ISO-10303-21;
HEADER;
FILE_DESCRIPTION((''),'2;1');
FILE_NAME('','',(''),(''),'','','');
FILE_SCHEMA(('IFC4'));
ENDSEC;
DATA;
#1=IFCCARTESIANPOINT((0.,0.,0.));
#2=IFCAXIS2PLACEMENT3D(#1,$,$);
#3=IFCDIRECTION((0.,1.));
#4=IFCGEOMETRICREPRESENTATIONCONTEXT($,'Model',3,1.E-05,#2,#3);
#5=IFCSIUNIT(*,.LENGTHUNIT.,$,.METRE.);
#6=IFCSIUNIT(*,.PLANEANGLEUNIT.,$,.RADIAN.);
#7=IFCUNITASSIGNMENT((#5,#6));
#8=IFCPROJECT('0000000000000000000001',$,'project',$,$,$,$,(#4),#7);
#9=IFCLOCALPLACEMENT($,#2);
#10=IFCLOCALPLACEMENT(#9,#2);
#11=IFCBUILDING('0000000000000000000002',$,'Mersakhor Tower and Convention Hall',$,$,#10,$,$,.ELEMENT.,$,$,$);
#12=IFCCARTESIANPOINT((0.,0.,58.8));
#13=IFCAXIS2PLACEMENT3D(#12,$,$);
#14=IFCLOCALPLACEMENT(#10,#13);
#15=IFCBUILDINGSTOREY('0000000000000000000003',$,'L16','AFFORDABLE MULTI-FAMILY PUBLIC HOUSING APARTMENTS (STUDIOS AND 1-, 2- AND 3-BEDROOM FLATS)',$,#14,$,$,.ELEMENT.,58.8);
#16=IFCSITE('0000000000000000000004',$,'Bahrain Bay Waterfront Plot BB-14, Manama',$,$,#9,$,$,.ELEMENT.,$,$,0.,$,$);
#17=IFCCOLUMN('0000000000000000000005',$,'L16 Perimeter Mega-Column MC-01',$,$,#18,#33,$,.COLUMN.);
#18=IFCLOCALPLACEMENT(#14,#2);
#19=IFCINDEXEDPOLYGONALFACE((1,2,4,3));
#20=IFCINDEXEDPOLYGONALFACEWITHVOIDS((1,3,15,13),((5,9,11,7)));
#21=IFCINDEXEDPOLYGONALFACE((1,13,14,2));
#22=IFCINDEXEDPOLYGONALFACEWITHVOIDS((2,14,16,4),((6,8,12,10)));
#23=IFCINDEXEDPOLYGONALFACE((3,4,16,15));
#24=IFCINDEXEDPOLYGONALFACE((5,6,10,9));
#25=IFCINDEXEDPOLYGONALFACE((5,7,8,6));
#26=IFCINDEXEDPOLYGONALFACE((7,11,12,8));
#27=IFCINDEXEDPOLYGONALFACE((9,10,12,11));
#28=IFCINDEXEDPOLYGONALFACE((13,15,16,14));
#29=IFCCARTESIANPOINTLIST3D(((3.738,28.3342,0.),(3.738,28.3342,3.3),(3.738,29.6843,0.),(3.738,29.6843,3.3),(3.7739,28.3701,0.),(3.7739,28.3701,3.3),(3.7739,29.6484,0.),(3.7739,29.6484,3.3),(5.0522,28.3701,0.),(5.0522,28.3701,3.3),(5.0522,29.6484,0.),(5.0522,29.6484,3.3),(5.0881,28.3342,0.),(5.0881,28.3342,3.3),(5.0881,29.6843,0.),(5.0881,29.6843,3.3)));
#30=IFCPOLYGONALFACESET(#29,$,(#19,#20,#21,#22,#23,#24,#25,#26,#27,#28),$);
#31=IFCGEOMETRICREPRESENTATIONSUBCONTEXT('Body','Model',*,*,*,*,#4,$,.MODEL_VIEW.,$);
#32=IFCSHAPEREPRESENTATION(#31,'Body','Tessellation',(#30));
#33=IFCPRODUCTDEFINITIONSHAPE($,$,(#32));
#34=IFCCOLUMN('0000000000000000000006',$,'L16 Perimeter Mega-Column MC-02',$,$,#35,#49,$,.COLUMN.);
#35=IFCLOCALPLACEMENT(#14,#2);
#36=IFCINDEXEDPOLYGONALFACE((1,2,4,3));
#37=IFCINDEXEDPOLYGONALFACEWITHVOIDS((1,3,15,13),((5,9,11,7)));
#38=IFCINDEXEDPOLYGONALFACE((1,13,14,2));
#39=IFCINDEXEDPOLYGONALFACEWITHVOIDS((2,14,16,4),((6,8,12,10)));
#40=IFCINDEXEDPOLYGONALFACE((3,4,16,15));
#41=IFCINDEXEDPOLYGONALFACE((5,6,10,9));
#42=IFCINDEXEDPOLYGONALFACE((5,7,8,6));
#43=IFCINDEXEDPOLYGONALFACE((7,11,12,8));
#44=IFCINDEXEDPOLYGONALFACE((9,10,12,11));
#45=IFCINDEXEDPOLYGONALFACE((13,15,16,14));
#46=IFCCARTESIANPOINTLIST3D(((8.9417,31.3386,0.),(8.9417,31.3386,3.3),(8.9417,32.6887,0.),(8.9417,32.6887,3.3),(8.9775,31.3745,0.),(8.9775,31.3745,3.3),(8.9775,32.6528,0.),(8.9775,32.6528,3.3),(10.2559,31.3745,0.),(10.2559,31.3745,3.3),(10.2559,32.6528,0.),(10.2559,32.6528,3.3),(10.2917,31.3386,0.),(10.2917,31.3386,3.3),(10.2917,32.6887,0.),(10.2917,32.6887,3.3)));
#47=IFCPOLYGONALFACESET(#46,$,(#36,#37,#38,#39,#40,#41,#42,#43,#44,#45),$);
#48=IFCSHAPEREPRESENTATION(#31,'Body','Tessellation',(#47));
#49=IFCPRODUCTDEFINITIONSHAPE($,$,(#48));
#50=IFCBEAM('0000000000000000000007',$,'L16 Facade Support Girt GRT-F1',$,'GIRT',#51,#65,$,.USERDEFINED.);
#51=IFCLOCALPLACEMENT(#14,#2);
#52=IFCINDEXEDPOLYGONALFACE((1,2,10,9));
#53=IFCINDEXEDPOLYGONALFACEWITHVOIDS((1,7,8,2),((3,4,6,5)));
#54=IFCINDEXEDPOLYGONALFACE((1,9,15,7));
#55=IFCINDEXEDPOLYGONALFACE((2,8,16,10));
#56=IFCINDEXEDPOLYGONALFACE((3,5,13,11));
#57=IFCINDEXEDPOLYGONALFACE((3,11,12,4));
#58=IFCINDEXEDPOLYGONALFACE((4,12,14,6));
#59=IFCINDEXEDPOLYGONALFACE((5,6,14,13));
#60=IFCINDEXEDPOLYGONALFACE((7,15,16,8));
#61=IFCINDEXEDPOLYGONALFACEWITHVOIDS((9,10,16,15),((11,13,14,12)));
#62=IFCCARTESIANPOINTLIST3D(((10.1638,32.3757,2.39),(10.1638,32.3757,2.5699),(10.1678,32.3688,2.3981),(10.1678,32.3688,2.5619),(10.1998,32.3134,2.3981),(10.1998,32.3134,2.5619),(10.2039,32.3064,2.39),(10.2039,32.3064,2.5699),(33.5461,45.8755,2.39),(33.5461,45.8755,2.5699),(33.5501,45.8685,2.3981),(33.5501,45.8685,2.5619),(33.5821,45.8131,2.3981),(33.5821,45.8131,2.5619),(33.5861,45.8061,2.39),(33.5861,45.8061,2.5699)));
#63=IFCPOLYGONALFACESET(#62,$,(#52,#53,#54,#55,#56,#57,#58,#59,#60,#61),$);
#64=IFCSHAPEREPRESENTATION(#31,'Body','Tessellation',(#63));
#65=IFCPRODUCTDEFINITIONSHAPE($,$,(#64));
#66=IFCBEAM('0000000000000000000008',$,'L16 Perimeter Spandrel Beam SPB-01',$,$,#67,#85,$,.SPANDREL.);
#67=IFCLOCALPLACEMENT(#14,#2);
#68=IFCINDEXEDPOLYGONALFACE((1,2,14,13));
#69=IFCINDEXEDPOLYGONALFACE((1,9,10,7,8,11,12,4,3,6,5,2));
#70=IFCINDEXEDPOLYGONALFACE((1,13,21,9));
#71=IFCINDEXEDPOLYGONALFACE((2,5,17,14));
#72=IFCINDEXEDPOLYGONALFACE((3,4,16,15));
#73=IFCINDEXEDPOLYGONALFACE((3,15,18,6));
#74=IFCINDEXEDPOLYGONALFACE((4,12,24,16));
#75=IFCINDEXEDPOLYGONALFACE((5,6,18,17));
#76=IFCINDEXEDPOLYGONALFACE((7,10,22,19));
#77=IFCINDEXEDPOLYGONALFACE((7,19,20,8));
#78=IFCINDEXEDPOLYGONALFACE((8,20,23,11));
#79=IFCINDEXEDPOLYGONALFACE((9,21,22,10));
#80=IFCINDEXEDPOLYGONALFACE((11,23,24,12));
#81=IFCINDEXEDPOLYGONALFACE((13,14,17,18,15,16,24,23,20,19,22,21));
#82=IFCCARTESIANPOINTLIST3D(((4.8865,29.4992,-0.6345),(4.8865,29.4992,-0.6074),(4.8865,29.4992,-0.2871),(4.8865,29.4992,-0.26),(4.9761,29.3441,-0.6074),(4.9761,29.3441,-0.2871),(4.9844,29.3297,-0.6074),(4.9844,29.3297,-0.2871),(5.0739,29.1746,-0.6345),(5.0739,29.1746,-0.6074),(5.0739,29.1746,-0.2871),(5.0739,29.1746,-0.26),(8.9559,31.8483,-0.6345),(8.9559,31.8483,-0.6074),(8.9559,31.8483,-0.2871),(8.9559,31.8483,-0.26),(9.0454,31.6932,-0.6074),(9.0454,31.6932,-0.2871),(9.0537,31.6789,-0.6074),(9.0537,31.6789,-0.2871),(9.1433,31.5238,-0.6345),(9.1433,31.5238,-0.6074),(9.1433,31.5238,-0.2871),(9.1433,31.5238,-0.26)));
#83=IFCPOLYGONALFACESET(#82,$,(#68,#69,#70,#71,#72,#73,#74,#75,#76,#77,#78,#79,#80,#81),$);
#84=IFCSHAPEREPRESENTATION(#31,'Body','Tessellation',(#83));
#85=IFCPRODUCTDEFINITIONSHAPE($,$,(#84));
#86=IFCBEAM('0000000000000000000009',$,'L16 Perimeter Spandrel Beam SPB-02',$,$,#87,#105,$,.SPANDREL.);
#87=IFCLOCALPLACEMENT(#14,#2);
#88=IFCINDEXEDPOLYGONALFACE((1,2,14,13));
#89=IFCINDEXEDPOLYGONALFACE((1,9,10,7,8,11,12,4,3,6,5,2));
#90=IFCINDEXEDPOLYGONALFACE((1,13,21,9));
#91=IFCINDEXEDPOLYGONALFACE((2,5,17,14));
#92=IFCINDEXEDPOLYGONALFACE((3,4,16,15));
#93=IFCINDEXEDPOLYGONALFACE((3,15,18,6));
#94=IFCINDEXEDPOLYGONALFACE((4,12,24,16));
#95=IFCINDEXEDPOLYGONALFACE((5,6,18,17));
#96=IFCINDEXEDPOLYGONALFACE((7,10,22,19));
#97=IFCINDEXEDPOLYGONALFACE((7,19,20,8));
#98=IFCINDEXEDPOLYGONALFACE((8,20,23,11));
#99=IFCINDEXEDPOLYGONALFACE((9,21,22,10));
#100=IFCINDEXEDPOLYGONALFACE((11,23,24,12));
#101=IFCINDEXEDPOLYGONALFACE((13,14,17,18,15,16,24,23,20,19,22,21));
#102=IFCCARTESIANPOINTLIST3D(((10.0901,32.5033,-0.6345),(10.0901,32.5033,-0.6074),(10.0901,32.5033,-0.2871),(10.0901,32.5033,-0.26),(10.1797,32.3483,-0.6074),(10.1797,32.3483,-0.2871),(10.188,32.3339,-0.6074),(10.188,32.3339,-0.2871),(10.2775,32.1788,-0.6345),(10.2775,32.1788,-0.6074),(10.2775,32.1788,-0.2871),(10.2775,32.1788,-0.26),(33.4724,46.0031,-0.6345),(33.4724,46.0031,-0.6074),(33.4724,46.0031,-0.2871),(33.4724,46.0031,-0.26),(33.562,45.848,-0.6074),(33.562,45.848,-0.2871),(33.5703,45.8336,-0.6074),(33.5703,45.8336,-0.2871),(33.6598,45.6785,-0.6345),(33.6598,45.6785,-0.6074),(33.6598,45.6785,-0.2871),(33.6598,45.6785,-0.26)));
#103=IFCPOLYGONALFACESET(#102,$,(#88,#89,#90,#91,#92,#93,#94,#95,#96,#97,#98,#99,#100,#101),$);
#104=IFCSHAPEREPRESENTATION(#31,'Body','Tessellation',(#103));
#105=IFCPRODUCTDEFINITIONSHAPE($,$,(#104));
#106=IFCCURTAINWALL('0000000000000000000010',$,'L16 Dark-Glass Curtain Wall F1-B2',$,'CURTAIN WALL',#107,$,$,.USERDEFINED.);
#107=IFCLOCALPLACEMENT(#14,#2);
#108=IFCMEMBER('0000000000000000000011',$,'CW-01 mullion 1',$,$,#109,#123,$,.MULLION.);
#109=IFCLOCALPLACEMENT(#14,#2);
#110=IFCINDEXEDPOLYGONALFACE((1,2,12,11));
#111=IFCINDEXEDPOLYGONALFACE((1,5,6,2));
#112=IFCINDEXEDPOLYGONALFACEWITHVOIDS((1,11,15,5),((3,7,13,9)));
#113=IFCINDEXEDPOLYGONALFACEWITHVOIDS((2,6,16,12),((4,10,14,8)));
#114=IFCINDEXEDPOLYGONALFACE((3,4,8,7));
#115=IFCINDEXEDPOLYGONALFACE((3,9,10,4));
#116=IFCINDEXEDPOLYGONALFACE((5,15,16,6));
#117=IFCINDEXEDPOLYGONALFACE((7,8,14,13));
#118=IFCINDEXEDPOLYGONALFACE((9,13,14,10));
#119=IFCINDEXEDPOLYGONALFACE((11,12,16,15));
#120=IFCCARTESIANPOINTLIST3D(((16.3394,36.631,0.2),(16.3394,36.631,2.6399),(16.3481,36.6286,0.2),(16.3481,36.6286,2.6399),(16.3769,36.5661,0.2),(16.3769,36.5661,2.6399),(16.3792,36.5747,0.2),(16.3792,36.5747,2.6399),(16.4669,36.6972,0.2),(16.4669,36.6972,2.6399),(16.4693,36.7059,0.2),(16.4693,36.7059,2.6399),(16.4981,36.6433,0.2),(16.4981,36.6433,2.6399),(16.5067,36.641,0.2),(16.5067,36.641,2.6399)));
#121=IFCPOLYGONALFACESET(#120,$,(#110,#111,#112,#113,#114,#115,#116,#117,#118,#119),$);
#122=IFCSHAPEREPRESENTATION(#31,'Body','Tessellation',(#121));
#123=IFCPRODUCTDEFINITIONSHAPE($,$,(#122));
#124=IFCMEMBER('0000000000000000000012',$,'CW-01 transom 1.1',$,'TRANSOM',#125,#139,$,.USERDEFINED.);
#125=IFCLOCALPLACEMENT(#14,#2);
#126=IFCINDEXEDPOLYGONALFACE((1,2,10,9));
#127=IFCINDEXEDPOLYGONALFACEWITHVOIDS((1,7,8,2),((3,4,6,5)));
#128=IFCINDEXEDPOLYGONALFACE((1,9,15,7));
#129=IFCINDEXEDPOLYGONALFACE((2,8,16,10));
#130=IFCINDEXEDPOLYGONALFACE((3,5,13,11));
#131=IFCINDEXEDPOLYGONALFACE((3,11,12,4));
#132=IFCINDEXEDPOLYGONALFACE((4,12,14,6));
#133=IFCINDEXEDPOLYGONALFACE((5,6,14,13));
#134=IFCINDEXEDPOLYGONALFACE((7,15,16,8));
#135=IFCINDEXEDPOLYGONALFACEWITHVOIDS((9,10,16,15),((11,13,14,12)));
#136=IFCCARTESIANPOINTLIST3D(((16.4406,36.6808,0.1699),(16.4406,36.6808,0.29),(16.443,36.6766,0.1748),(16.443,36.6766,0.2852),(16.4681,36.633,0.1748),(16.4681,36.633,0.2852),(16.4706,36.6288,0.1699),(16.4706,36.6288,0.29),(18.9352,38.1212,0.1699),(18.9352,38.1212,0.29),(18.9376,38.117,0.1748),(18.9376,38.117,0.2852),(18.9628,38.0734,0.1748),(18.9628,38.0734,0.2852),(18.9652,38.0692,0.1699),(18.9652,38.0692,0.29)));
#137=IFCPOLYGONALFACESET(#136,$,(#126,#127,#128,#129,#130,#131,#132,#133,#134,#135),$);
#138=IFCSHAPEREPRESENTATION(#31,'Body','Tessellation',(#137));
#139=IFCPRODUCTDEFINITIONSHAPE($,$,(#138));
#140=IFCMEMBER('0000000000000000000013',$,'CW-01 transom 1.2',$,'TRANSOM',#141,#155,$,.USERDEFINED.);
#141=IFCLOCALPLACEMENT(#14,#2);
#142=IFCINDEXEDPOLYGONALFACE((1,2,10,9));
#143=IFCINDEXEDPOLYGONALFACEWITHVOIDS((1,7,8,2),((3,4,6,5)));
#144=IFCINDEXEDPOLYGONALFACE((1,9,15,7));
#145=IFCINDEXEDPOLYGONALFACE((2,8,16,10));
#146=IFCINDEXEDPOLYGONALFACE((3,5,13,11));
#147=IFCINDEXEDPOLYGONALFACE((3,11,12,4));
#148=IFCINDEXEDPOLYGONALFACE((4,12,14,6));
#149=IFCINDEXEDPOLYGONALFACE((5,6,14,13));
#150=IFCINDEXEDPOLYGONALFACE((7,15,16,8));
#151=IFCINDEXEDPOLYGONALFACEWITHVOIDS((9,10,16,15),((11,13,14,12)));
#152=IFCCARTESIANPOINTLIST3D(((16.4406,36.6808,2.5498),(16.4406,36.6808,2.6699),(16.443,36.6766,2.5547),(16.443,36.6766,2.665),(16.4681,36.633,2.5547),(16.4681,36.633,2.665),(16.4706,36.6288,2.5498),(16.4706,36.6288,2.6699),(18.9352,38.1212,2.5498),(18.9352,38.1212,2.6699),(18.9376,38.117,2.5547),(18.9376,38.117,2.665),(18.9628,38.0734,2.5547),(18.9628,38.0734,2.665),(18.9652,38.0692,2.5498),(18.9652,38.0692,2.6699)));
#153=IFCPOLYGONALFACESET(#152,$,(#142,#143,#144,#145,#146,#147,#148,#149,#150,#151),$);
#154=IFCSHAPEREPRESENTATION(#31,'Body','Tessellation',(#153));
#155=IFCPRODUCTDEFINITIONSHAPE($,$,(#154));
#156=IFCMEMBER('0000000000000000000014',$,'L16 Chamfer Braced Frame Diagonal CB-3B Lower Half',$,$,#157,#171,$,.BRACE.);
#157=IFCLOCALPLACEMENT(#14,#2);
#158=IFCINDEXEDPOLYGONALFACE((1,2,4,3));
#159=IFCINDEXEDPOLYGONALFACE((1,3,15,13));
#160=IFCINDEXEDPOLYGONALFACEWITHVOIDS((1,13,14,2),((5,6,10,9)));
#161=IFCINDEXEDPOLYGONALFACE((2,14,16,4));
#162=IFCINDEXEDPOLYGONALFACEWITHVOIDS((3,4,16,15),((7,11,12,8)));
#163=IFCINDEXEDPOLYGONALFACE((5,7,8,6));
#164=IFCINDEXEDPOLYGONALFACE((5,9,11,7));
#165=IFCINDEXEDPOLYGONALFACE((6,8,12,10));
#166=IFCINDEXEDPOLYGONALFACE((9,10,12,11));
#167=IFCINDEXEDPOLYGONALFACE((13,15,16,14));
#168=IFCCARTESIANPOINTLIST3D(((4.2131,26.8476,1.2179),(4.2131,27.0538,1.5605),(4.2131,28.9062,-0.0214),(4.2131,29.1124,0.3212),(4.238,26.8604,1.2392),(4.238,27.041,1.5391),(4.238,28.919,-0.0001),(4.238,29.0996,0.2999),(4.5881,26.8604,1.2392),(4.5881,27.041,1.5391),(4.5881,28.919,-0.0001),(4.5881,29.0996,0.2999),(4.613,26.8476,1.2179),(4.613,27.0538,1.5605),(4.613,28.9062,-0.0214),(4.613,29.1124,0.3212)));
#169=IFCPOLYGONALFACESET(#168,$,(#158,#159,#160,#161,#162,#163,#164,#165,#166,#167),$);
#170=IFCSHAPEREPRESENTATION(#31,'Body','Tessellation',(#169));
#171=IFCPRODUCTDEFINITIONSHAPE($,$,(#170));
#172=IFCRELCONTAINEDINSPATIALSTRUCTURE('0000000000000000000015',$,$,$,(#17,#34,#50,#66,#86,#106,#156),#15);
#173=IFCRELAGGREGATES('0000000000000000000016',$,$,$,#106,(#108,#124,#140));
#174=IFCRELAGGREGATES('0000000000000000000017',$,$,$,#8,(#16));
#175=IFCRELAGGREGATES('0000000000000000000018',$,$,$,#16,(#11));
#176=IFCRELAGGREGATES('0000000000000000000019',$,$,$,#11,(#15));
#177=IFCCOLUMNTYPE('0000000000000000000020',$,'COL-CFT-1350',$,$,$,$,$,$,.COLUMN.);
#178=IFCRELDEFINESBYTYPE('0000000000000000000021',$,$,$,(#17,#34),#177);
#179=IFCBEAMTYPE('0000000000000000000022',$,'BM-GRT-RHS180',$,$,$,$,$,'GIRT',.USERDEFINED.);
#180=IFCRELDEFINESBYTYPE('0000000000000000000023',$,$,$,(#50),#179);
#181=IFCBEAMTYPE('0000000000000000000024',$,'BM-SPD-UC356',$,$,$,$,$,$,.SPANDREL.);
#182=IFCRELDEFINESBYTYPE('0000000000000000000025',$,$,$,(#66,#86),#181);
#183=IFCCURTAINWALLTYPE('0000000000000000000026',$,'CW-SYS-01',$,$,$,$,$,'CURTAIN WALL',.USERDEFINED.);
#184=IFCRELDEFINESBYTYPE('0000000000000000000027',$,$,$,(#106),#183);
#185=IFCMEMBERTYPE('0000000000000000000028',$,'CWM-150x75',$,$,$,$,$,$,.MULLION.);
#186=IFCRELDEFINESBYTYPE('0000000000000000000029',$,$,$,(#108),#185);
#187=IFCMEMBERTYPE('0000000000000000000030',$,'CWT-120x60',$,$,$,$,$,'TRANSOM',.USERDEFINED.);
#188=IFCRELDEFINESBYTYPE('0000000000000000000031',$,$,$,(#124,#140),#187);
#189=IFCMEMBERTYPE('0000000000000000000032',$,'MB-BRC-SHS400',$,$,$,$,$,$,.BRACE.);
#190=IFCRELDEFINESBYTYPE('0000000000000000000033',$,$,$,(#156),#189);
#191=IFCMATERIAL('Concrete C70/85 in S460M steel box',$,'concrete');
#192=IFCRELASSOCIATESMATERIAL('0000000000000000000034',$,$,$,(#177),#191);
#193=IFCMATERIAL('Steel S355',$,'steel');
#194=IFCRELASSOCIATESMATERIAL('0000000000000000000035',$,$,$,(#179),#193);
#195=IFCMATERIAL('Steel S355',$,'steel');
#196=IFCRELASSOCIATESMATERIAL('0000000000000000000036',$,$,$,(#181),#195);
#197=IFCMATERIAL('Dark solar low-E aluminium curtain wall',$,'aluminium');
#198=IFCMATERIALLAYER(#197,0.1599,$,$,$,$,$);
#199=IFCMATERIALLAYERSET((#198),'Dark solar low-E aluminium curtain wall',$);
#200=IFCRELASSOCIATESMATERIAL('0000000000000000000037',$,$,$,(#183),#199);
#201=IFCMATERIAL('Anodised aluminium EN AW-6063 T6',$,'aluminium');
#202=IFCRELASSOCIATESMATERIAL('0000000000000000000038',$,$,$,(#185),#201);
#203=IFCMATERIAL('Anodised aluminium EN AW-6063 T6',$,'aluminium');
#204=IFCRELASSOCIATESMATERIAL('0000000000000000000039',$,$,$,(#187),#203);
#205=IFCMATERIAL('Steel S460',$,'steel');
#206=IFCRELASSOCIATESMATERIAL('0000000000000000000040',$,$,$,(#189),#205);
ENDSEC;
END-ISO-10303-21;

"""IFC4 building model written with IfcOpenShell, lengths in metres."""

from ifc_helpers import new_model, si_unit, direction, frame, origin, origin_2d, place, context, subcontext, project, spatial, hollow_rectangle, i_section, extrude, material, layer, layer_set, material_profile, profile_set, type_object, element, aggregate, save


model = new_model("IFC4")

# Units and contexts
model_context = context("Model", 3, precision=1e-05, world=origin(), true_north=direction((0.0, 1.0)))
body_context = subcontext(model_context, "Body", "Model", "MODEL_VIEW")
ifc_project = project(units=[si_unit("LENGTHUNIT", "METRE"), si_unit("PLANEANGLEUNIT", "RADIAN")], contexts=[model_context])

# Site, building, storey
site_placement = place(None, origin())
site = spatial("IfcSite", under=ifc_project, at=site_placement, Name="Bahrain Bay Waterfront Plot BB-14, Manama", CompositionType="ELEMENT", RefElevation=0.0)
building_placement = place(site_placement, origin())
building = spatial("IfcBuilding", under=site, at=building_placement, Name="Mersakhor Tower and Convention Hall", CompositionType="ELEMENT")
storey_placement = place(building_placement, frame((0.0, 0.0, 58.8)))
storey = spatial("IfcBuildingStorey", under=building, at=storey_placement, Name="L16", Description="AFFORDABLE MULTI-FAMILY PUBLIC HOUSING APARTMENTS (STUDIOS AND 1-, 2- AND 3-BEDROOM FLATS)", CompositionType="ELEMENT", Elevation=58.8)

# Columns
ifc_material_1 = material(Name="Concrete C70/85 in S460M steel box", Category="concrete")
ifc_material_profile_1 = material_profile(ifc_material_1, hollow_rectangle(XDim=1.3501, YDim=1.3501, WallThickness=0.0359, at=origin_2d()), Name="SHS 1350x1350x36")
ifc_profile_set_1 = profile_set([ifc_material_profile_1], Name="Concrete C70/85 in S460M steel box")
column_type = type_object("IfcColumnType", Name="COL-CFT-1350", PredefinedType="COLUMN", material=ifc_profile_set_1)
for number, where, z_axis, x_axis, name in (
    (1, (4.4131, 29.0093, 0.0), (0.0, 0.0, 1.0), (1.0, 0.0, 0.0), "L16 Perimeter Mega-Column MC-01"),
    (2, (9.6167, 32.0137, 0.0), (0.0, 0.0, 1.0), (1.0, 0.0, 0.0), "L16 Perimeter Mega-Column MC-02"),
):
    element("IfcColumn", number, at=place(storey_placement, frame(where, z_axis=z_axis, x_axis=x_axis)), inside=storey, type_object=column_type, Name=name, PredefinedType="COLUMN", context=body_context, shape_type="SweptSolid", body=[
        extrude(hollow_rectangle(XDim=1.3501, YDim=1.3501, WallThickness=0.0359, at=origin_2d()), origin(), (0.0, 0.0, 1.0), 3.3),
    ])

# Beams
ifc_material_2 = material(Name="Steel S355", Category="steel")
ifc_material_profile_2 = material_profile(ifc_material_2, hollow_rectangle(XDim=0.0801, YDim=0.1799, WallThickness=0.0081, at=origin_2d()), Name="RHS 180x80x8")
ifc_profile_set_2 = profile_set([ifc_material_profile_2], Name="Steel S355")
beam_type_1 = type_object("IfcBeamType", Name="BM-GRT-RHS180", ElementType="GIRT", PredefinedType="USERDEFINED", material=ifc_profile_set_2)
beam_1_placement = place(storey_placement, frame((10.1838, 32.3411, 2.48), z_axis=(0.866026, 0.499999, 0.0), x_axis=(-0.499999, 0.866026, 0.0)))
element("IfcBeam", 3, at=beam_1_placement, inside=storey, type_object=beam_type_1, Name="L16 Facade Support Girt GRT-F1", ObjectType="GIRT", PredefinedType="USERDEFINED", context=body_context, shape_type="SweptSolid", body=[
    extrude(hollow_rectangle(XDim=0.0801, YDim=0.1799, WallThickness=0.0081, at=origin_2d()), origin(), (0.0, 0.0, 1.0), 26.9995),
])
ifc_material_3 = material(Name="Steel S355", Category="steel")
ifc_material_profile_3 = material_profile(ifc_material_3, i_section(OverallWidth=0.3748, OverallDepth=0.3745, WebThickness=0.0166, FlangeThickness=0.0271, at=origin_2d()), Name="UC 356x368x202")
ifc_profile_set_3 = profile_set([ifc_material_profile_3], Name="Steel S355")
beam_type_2 = type_object("IfcBeamType", Name="BM-SPD-UC356", PredefinedType="SPANDREL", material=ifc_profile_set_3)
beam_2_placement = place(storey_placement, frame((4.9802, 29.3369, -0.4473), z_axis=(0.866054, 0.49995, 0.0), x_axis=(-0.49995, 0.866054, 0.0)))
element("IfcBeam", 4, at=beam_2_placement, inside=storey, type_object=beam_type_2, Name="L16 Perimeter Spandrel Beam SPB-01", PredefinedType="SPANDREL", context=body_context, shape_type="SweptSolid", body=[
    extrude(i_section(OverallWidth=0.3748, OverallDepth=0.3745, WebThickness=0.0166, FlangeThickness=0.0271, at=origin_2d()), origin(), (0.0, 0.0, 1.0), 4.6987),
])
beam_3_placement = place(storey_placement, frame((10.1838, 32.3411, -0.4473), z_axis=(0.866026, 0.499999, 0.0), x_axis=(-0.499999, 0.866026, 0.0)))
element("IfcBeam", 5, at=beam_3_placement, inside=storey, type_object=beam_type_2, Name="L16 Perimeter Spandrel Beam SPB-02", PredefinedType="SPANDREL", context=body_context, shape_type="SweptSolid", body=[
    extrude(i_section(OverallWidth=0.3748, OverallDepth=0.3745, WebThickness=0.0166, FlangeThickness=0.0271, at=origin_2d()), origin(), (0.0, 0.0, 1.0), 26.9995),
])

# Curtain wall, members
ifc_material_4 = material(Name="Dark solar low-E aluminium curtain wall", Category="aluminium")
ifc_layer_1 = layer(ifc_material_4, 0.1599)
ifc_layer_set_1 = layer_set([ifc_layer_1], Name="Dark solar low-E aluminium curtain wall")
curtain_wall_type = type_object("IfcCurtainWallType", Name="CW-SYS-01", ElementType="CURTAIN WALL", PredefinedType="USERDEFINED", material=ifc_layer_set_1)
curtain_wall_placement = place(storey_placement, origin())
curtain_wall = element("IfcCurtainWall", 6, at=curtain_wall_placement, inside=storey, type_object=curtain_wall_type, Name="L16 Dark-Glass Curtain Wall F1-B2", ObjectType="CURTAIN WALL", PredefinedType="USERDEFINED")
ifc_material_5 = material(Name="Anodised aluminium EN AW-6063 T6", Category="aluminium")
ifc_material_profile_4 = material_profile(ifc_material_5, hollow_rectangle(XDim=0.075, YDim=0.1499, WallThickness=0.0063, at=origin_2d()), Name="RHS 150x75x6.3")
ifc_profile_set_4 = profile_set([ifc_material_profile_4], Name="Anodised aluminium EN AW-6063 T6")
member_type_1 = type_object("IfcMemberType", Name="CWM-150x75", PredefinedType="MULLION", material=ifc_profile_set_4)
member_1_placement = place(storey_placement, frame((16.4231, 36.636, 0.2), z_axis=(0.0, 0.0, 1.0), x_axis=(-0.500003, 0.866023, 0.0)))
member_1 = element("IfcMember", 7, at=member_1_placement, type_object=member_type_1, Name="CW-01 mullion 1", PredefinedType="MULLION", context=body_context, shape_type="SweptSolid", body=[
    extrude(hollow_rectangle(XDim=0.075, YDim=0.1499, WallThickness=0.0063, at=origin_2d()), origin(), (0.0, 0.0, 1.0), 2.4399),
])
ifc_material_6 = material(Name="Anodised aluminium EN AW-6063 T6", Category="aluminium")
ifc_material_profile_5 = material_profile(ifc_material_6, hollow_rectangle(XDim=0.0601, YDim=0.1201, WallThickness=0.0049, at=origin_2d()), Name="RHS 120x60x5")
ifc_profile_set_5 = profile_set([ifc_material_profile_5], Name="Anodised aluminium EN AW-6063 T6")
member_type_2 = type_object("IfcMemberType", Name="CWT-120x60", ElementType="TRANSOM", PredefinedType="USERDEFINED", material=ifc_profile_set_5)
member_2_placement = place(storey_placement, frame((16.4556, 36.6548, 0.23), z_axis=(0.866002, 0.50004, 0.0), x_axis=(-0.50004, 0.866002, 0.0)))
member_2 = element("IfcMember", 8, at=member_2_placement, type_object=member_type_2, Name="CW-01 transom 1.1", ObjectType="TRANSOM", PredefinedType="USERDEFINED", context=body_context, shape_type="SweptSolid", body=[
    extrude(hollow_rectangle(XDim=0.0601, YDim=0.1201, WallThickness=0.0049, at=origin_2d()), origin(), (0.0, 0.0, 1.0), 2.8806),
])
member_3_placement = place(storey_placement, frame((16.4556, 36.6548, 2.6099), z_axis=(0.866002, 0.50004, 0.0), x_axis=(-0.50004, 0.866002, 0.0)))
member_3 = element("IfcMember", 9, at=member_3_placement, type_object=member_type_2, Name="CW-01 transom 1.2", ObjectType="TRANSOM", PredefinedType="USERDEFINED", context=body_context, shape_type="SweptSolid", body=[
    extrude(hollow_rectangle(XDim=0.0601, YDim=0.1201, WallThickness=0.0049, at=origin_2d()), origin(), (0.0, 0.0, 1.0), 2.8806),
])
aggregate(curtain_wall, [member_1, member_2, member_3])

# Member
ifc_material_7 = material(Name="Steel S460", Category="steel")
ifc_material_profile_6 = material_profile(ifc_material_7, hollow_rectangle(XDim=0.3999, YDim=0.3999, WallThickness=0.0249, at=origin_2d()), Name="SHS 400x400x25")
ifc_profile_set_6 = profile_set([ifc_material_profile_6], Name="Steel S460")
member_type_3 = type_object("IfcMemberType", Name="MB-BRC-SHS400", PredefinedType="BRACE", material=ifc_profile_set_6)
member_4_placement = place(storey_placement, frame((4.4131, 29.0093, 0.1499), z_axis=(0.0, -0.856739, 0.51575), x_axis=(1.0, 0.0, 0.0)))
element("IfcMember", 10, at=member_4_placement, inside=storey, type_object=member_type_3, Name="L16 Chamfer Braced Frame Diagonal CB-3B Lower Half", PredefinedType="BRACE", context=body_context, shape_type="SweptSolid", body=[
    extrude(hollow_rectangle(XDim=0.3999, YDim=0.3999, WallThickness=0.0249, at=origin_2d()), origin(), (0.0, 0.0, 1.0), 2.4028),
])

save(model, "model.ifc")
